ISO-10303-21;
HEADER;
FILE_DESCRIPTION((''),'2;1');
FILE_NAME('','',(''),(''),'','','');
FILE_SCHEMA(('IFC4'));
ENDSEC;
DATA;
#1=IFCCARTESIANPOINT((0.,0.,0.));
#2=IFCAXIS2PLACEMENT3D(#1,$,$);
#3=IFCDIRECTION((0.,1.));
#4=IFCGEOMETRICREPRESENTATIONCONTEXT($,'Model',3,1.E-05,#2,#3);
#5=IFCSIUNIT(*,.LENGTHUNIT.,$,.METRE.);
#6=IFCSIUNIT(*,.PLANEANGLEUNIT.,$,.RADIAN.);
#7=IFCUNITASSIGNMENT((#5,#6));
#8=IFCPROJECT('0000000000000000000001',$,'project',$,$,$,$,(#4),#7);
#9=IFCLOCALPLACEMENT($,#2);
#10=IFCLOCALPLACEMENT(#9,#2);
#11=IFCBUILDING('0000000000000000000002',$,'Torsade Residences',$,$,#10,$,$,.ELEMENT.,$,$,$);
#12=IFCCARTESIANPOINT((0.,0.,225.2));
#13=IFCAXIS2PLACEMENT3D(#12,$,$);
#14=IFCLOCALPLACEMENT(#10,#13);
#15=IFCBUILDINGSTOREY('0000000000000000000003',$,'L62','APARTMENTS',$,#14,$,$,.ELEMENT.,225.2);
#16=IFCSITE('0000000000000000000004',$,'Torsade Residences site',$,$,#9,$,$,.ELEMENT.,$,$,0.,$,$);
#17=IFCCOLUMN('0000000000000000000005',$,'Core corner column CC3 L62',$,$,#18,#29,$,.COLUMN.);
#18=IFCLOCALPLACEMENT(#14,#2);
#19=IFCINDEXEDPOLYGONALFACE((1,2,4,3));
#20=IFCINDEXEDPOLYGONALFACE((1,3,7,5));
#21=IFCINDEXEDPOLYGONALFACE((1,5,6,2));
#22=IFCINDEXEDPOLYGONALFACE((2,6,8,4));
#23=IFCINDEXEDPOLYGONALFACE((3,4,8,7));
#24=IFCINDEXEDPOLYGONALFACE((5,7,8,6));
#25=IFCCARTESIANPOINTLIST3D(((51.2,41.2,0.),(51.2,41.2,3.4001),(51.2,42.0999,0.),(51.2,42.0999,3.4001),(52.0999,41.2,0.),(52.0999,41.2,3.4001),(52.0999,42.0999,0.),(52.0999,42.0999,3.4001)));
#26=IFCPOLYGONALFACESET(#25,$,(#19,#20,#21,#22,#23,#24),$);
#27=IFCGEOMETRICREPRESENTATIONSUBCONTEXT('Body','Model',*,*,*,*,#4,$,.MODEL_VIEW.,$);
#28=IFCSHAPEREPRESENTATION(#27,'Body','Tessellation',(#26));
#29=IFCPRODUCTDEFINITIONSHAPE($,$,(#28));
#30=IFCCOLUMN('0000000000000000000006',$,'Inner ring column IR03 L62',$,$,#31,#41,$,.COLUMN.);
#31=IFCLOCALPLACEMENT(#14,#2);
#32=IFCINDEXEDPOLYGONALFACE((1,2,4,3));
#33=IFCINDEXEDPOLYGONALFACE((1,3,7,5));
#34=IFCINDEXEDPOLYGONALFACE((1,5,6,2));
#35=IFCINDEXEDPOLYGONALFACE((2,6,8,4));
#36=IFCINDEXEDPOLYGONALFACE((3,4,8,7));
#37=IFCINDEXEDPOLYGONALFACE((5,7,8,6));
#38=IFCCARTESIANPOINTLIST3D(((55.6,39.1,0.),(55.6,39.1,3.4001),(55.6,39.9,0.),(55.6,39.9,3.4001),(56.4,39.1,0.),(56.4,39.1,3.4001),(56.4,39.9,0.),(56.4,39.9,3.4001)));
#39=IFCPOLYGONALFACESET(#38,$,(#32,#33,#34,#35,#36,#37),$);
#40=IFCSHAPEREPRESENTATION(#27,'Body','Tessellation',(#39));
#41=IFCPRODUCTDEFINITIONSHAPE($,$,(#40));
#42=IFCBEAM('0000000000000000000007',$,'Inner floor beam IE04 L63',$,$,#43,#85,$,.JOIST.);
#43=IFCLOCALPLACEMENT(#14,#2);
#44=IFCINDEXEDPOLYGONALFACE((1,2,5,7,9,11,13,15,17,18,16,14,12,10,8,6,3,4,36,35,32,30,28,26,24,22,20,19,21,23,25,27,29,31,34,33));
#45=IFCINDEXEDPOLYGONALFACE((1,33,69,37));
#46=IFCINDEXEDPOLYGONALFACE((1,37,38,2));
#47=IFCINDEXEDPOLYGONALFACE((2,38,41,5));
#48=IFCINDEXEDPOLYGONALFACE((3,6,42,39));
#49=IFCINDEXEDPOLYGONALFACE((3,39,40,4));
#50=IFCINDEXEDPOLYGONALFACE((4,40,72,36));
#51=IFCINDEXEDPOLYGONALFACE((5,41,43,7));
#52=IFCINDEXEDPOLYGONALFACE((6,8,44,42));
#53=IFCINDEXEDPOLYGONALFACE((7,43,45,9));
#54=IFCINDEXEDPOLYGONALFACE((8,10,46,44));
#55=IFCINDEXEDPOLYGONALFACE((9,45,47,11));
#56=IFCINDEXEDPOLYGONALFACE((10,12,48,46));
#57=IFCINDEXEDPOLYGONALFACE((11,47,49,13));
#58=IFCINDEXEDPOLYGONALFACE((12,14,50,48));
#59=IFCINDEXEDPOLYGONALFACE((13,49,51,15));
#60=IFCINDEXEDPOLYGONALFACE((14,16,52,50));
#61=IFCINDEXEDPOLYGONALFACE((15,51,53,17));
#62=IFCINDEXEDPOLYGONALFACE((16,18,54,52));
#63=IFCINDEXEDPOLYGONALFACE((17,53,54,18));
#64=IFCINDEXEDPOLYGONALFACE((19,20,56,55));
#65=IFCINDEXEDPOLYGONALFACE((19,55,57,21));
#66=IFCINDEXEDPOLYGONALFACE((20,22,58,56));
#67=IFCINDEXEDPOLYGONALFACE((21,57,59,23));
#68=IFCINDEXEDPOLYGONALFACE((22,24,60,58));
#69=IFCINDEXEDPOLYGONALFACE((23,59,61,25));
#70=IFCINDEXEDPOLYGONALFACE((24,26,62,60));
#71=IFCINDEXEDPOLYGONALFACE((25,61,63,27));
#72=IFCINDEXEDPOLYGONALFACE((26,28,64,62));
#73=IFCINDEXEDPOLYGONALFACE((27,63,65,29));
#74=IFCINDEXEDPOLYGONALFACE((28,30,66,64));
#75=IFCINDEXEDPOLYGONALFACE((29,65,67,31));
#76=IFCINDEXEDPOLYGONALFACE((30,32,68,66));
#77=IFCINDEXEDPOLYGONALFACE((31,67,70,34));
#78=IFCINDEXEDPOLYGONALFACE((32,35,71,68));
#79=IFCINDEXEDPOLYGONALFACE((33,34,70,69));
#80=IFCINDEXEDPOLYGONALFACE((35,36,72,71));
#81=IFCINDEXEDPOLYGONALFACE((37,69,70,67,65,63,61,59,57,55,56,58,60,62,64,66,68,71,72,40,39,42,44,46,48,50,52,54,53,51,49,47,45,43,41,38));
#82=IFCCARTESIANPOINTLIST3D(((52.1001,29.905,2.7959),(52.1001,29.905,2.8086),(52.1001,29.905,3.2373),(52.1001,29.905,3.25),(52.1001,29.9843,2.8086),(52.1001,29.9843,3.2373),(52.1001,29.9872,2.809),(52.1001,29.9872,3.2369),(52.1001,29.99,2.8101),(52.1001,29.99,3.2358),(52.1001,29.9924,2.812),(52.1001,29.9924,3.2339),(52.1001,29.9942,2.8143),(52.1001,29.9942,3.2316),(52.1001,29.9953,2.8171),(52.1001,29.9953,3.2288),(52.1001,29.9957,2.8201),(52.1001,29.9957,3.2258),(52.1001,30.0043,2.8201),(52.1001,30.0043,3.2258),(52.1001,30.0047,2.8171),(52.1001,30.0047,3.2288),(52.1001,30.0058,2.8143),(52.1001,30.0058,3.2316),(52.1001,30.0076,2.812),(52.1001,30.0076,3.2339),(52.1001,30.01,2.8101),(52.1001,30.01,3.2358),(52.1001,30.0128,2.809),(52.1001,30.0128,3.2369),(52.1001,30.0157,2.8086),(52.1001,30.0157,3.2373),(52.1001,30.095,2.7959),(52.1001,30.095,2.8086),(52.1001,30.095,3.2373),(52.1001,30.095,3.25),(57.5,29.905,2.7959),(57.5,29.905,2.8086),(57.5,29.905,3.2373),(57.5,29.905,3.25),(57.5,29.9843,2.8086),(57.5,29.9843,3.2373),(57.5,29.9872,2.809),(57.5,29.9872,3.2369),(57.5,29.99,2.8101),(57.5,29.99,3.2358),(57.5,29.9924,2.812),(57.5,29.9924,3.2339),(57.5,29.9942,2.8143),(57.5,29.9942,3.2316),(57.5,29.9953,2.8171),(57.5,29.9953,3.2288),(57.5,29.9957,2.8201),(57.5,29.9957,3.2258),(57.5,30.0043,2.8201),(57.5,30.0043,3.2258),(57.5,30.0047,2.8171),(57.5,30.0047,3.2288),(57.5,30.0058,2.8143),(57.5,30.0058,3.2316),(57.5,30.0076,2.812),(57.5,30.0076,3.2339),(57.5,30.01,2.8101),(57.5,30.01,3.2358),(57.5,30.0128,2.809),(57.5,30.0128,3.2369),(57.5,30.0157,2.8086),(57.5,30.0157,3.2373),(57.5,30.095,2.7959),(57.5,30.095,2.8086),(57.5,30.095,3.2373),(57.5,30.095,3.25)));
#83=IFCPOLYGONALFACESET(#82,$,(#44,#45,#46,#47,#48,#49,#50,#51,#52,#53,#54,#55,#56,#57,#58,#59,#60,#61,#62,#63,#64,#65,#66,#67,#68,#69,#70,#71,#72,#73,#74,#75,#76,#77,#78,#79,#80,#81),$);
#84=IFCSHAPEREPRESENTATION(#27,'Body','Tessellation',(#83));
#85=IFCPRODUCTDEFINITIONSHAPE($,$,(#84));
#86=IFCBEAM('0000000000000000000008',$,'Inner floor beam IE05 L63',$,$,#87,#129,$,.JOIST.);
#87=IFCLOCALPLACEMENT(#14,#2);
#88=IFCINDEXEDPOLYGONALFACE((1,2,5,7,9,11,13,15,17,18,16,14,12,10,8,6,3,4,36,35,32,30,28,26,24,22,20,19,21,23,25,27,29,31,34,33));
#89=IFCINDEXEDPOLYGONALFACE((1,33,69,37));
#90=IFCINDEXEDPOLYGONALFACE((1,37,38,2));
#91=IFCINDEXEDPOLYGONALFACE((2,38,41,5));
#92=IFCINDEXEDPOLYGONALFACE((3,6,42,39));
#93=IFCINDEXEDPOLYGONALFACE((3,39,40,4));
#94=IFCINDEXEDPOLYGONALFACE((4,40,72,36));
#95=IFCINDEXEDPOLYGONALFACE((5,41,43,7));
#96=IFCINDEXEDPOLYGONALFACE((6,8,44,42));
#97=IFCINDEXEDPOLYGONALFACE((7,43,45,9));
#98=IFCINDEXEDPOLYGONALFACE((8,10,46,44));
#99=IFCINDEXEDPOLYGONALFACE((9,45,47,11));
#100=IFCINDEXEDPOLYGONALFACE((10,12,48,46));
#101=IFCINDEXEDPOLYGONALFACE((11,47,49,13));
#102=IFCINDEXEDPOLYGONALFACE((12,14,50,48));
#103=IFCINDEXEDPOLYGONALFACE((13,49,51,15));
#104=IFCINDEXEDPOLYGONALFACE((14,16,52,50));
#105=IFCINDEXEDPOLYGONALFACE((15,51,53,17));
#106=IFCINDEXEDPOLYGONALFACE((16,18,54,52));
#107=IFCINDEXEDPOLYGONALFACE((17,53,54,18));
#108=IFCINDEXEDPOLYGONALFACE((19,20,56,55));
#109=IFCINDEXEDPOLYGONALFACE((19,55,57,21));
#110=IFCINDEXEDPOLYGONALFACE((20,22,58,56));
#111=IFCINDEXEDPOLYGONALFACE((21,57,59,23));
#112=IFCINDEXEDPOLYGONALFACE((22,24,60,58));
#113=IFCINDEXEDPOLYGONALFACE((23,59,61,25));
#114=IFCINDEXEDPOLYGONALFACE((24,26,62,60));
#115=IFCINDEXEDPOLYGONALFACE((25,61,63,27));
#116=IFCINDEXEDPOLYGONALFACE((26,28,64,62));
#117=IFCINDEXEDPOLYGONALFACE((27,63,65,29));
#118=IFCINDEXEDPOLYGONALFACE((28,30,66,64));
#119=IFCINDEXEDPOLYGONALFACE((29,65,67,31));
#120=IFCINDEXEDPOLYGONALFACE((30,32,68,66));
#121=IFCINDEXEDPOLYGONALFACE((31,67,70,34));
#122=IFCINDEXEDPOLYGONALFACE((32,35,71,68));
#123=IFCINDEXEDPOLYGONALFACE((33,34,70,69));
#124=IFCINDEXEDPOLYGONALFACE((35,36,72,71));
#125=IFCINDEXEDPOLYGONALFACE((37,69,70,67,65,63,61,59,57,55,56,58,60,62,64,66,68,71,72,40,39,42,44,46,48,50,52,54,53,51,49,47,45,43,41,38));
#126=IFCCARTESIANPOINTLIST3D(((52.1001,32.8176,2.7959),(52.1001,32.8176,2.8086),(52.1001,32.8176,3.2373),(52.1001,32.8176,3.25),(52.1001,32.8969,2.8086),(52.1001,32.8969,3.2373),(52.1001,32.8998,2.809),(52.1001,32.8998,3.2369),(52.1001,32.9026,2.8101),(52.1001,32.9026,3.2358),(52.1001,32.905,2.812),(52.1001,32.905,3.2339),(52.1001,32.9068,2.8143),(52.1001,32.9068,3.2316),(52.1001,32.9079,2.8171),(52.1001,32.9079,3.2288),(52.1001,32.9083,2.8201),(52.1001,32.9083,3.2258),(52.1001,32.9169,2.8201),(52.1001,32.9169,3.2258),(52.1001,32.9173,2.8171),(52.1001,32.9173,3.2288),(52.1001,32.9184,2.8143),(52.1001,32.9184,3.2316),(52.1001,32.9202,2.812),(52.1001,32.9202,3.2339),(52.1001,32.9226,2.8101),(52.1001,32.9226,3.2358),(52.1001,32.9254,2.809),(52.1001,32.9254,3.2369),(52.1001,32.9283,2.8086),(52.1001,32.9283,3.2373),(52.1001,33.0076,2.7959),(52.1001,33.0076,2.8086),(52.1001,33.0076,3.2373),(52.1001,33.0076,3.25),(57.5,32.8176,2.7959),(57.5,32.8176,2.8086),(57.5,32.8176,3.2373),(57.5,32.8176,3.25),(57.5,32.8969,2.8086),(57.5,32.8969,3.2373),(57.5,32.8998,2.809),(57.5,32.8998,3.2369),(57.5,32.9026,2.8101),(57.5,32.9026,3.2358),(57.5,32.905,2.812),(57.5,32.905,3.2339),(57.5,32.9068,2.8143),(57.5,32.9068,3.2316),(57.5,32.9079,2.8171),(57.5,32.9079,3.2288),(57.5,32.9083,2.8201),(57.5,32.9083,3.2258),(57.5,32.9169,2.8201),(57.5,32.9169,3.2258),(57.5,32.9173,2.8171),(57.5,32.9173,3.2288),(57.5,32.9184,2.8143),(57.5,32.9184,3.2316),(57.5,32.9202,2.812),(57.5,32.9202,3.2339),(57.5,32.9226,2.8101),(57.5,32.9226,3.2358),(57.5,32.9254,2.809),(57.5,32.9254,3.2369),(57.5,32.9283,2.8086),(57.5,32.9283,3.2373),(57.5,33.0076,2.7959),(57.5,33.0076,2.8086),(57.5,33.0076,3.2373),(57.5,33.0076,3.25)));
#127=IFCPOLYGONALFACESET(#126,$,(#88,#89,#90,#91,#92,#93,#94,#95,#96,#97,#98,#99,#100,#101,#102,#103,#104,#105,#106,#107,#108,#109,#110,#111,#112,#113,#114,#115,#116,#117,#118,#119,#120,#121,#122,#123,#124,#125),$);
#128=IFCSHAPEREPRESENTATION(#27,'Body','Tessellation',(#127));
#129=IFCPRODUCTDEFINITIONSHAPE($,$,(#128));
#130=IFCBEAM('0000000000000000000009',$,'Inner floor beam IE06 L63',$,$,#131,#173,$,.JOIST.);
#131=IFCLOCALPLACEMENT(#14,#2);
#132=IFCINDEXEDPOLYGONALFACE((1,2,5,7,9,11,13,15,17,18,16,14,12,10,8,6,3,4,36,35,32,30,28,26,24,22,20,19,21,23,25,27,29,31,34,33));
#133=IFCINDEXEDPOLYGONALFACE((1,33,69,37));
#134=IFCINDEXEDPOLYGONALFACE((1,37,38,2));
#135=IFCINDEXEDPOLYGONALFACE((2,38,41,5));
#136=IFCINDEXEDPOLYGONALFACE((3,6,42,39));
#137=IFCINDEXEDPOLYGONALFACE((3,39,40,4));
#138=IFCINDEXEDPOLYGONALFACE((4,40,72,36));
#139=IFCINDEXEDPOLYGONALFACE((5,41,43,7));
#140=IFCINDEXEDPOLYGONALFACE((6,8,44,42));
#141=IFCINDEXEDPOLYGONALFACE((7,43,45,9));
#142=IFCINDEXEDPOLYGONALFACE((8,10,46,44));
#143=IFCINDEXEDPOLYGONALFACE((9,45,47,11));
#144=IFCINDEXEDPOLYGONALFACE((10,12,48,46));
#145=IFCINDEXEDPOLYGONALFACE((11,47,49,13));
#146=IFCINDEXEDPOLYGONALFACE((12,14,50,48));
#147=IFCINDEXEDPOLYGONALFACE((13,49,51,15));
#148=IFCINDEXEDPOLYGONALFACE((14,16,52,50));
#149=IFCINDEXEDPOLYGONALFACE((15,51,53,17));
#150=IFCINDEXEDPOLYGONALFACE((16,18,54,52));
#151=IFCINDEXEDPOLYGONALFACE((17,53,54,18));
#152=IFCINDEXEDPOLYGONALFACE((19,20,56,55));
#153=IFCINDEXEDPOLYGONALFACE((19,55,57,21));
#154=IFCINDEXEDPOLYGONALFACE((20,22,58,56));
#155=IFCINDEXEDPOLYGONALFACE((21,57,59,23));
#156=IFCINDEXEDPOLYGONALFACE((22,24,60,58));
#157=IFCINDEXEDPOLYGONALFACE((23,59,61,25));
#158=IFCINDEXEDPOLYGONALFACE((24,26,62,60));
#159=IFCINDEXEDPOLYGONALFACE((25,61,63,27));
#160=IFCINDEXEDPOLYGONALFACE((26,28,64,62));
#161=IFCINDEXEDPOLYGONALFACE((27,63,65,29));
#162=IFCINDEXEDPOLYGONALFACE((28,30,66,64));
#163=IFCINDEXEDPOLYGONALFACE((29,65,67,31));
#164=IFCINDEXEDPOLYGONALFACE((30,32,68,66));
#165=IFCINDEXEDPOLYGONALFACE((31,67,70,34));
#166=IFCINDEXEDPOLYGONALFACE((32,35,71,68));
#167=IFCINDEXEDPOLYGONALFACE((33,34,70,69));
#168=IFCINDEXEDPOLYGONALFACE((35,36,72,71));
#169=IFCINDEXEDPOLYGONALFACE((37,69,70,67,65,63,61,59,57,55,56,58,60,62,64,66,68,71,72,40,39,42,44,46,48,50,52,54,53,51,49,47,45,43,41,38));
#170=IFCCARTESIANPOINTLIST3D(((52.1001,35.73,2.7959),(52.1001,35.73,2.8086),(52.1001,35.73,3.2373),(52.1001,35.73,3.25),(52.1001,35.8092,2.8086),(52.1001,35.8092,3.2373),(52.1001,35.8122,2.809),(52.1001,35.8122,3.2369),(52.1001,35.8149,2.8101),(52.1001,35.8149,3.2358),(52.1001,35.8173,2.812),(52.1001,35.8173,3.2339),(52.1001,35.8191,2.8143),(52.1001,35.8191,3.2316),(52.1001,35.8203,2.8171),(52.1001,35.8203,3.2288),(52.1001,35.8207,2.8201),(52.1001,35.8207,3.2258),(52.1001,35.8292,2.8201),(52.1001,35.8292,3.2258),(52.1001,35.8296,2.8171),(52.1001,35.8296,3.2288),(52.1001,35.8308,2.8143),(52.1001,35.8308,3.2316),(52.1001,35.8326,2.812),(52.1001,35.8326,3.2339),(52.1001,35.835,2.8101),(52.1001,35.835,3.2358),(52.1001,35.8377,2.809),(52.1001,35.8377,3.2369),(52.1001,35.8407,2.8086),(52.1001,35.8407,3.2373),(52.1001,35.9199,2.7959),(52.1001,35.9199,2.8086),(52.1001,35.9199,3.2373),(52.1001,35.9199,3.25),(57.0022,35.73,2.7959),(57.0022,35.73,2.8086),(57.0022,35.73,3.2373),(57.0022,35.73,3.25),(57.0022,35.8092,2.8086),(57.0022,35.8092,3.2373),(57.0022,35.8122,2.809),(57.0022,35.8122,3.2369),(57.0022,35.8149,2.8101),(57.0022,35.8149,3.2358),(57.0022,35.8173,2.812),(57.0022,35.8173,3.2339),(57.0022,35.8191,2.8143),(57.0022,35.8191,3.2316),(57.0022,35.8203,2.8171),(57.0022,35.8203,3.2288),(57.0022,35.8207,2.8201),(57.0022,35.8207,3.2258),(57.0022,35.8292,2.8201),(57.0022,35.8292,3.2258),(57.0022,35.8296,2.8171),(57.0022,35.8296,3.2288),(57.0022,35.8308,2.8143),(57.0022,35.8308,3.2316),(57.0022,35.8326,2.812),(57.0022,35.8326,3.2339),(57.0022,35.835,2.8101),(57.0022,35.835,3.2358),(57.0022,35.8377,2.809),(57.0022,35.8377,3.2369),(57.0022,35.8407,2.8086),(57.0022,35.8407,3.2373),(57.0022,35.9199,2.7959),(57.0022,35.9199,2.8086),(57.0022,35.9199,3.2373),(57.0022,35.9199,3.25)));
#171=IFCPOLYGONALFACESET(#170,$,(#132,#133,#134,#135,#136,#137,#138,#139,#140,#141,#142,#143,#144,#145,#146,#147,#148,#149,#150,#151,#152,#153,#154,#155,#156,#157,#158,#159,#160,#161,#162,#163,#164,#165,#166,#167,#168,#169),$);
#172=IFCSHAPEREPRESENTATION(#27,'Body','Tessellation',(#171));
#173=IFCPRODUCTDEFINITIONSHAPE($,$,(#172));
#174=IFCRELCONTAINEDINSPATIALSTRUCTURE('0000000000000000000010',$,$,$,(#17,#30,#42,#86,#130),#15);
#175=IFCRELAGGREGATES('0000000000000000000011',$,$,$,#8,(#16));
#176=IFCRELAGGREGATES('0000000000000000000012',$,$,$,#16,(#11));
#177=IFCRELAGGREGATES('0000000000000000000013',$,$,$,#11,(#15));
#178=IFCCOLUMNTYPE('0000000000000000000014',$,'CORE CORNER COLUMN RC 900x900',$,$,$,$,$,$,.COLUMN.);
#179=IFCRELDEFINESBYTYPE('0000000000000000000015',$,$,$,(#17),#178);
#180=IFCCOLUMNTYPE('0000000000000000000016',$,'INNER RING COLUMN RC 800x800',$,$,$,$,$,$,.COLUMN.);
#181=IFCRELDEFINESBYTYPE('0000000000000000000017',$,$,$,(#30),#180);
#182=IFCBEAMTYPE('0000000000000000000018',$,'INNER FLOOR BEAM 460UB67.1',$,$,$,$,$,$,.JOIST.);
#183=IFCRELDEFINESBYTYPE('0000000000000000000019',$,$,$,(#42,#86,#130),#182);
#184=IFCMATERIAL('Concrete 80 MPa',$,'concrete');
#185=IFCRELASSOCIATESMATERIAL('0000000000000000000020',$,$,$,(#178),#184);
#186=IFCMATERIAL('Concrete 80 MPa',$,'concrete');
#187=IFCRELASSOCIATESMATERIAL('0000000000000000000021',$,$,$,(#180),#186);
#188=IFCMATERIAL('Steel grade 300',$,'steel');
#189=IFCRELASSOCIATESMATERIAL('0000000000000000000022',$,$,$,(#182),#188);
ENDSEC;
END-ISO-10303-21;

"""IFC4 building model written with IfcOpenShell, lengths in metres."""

from ifc_helpers import new_model, si_unit, direction, frame, origin, origin_2d, place, context, subcontext, project, spatial, rectangle, i_section, extrude, material, material_profile, profile_set, type_object, element, save


model = new_model("IFC4")

# Units and contexts
model_context = context("Model", 3, precision=1e-05, world=origin(), true_north=direction((0.0, 1.0)))
body_context = subcontext(model_context, "Body", "Model", "MODEL_VIEW")
ifc_project = project(units=[si_unit("LENGTHUNIT", "METRE"), si_unit("PLANEANGLEUNIT", "RADIAN")], contexts=[model_context])

# Site, building, storey
site_placement = place(None, origin())
site = spatial("IfcSite", under=ifc_project, at=site_placement, Name="Torsade Residences site", CompositionType="ELEMENT", RefElevation=0.0)
building_placement = place(site_placement, origin())
building = spatial("IfcBuilding", under=site, at=building_placement, Name="Torsade Residences", CompositionType="ELEMENT")
storey_placement = place(building_placement, frame((0.0, 0.0, 225.2)))
storey = spatial("IfcBuildingStorey", under=building, at=storey_placement, Name="L62", Description="APARTMENTS", CompositionType="ELEMENT", Elevation=225.2)

# Columns
ifc_material_1 = material(Name="Concrete 80 MPa", Category="concrete")
ifc_material_profile_1 = material_profile(ifc_material_1, rectangle(XDim=0.8999, YDim=0.8999, at=origin_2d()), Name="RC 900x900")
ifc_profile_set_1 = profile_set([ifc_material_profile_1], Name="Concrete 80 MPa")
column_type_1 = type_object("IfcColumnType", Name="CORE CORNER COLUMN RC 900x900", PredefinedType="COLUMN", material=ifc_profile_set_1)
column_1_placement = place(storey_placement, frame((51.6499, 41.6499, 0.0), z_axis=(0.0, 0.0, 1.0), x_axis=(1.0, 0.0, 0.0)))
element("IfcColumn", 1, at=column_1_placement, inside=storey, type_object=column_type_1, Name="Core corner column CC3 L62", PredefinedType="COLUMN", context=body_context, shape_type="SweptSolid", body=[
    extrude(rectangle(XDim=0.8999, YDim=0.8999, at=origin_2d()), origin(), (0.0, 0.0, 1.0), 3.4001),
])
ifc_material_2 = material(Name="Concrete 80 MPa", Category="concrete")
ifc_material_profile_2 = material_profile(ifc_material_2, rectangle(XDim=0.8, YDim=0.8, at=origin_2d()), Name="RC 800x800")
ifc_profile_set_2 = profile_set([ifc_material_profile_2], Name="Concrete 80 MPa")
column_type_2 = type_object("IfcColumnType", Name="INNER RING COLUMN RC 800x800", PredefinedType="COLUMN", material=ifc_profile_set_2)
column_2_placement = place(storey_placement, frame((56.0, 39.5, 0.0), z_axis=(0.0, 0.0, 1.0), x_axis=(1.0, 0.0, 0.0)))
element("IfcColumn", 2, at=column_2_placement, inside=storey, type_object=column_type_2, Name="Inner ring column IR03 L62", PredefinedType="COLUMN", context=body_context, shape_type="SweptSolid", body=[
    extrude(rectangle(XDim=0.8, YDim=0.8, at=origin_2d()), origin(), (0.0, 0.0, 1.0), 3.4001),
])

# Beams
ifc_material_3 = material(Name="Steel grade 300", Category="steel")
ifc_material_profile_3 = material_profile(ifc_material_3, i_section(OverallWidth=0.1899, OverallDepth=0.4541, WebThickness=0.0085, FlangeThickness=0.0127, FilletRadius=0.0115, at=origin_2d()), Name="460UB67.1")
ifc_profile_set_3 = profile_set([ifc_material_profile_3], Name="Steel grade 300")
beam_type = type_object("IfcBeamType", Name="INNER FLOOR BEAM 460UB67.1", PredefinedType="JOIST", material=ifc_profile_set_3)
for number, where, z_axis, x_axis, name in (
    (3, (52.1001, 30.0, 3.0229), (1.0, 0.0, 0.0), (0.0, 1.0, 0.0), "Inner floor beam IE04 L63"),
    (4, (52.1001, 32.9126, 3.0229), (1.0, 0.0, 0.0), (0.0, 1.0, 0.0), "Inner floor beam IE05 L63"),
):
    element("IfcBeam", number, at=place(storey_placement, frame(where, z_axis=z_axis, x_axis=x_axis)), inside=storey, type_object=beam_type, Name=name, PredefinedType="JOIST", context=body_context, shape_type="SweptSolid", body=[
        extrude(i_section(OverallWidth=0.1899, OverallDepth=0.4541, WebThickness=0.0085, FlangeThickness=0.0127, FilletRadius=0.0115, at=origin_2d()), origin(), (0.0, 0.0, 1.0), 5.3999),
    ])
beam_1_placement = place(storey_placement, frame((52.1001, 35.825, 3.0229), z_axis=(1.0, 0.0, 0.0), x_axis=(0.0, 1.0, 0.0)))
element("IfcBeam", 5, at=beam_1_placement, inside=storey, type_object=beam_type, Name="Inner floor beam IE06 L63", PredefinedType="JOIST", context=body_context, shape_type="SweptSolid", body=[
    extrude(i_section(OverallWidth=0.1899, OverallDepth=0.4541, WebThickness=0.0085, FlangeThickness=0.0127, FilletRadius=0.0115, at=origin_2d()), origin(), (0.0, 0.0, 1.0), 4.9021),
])

save(model, "model.ifc")
